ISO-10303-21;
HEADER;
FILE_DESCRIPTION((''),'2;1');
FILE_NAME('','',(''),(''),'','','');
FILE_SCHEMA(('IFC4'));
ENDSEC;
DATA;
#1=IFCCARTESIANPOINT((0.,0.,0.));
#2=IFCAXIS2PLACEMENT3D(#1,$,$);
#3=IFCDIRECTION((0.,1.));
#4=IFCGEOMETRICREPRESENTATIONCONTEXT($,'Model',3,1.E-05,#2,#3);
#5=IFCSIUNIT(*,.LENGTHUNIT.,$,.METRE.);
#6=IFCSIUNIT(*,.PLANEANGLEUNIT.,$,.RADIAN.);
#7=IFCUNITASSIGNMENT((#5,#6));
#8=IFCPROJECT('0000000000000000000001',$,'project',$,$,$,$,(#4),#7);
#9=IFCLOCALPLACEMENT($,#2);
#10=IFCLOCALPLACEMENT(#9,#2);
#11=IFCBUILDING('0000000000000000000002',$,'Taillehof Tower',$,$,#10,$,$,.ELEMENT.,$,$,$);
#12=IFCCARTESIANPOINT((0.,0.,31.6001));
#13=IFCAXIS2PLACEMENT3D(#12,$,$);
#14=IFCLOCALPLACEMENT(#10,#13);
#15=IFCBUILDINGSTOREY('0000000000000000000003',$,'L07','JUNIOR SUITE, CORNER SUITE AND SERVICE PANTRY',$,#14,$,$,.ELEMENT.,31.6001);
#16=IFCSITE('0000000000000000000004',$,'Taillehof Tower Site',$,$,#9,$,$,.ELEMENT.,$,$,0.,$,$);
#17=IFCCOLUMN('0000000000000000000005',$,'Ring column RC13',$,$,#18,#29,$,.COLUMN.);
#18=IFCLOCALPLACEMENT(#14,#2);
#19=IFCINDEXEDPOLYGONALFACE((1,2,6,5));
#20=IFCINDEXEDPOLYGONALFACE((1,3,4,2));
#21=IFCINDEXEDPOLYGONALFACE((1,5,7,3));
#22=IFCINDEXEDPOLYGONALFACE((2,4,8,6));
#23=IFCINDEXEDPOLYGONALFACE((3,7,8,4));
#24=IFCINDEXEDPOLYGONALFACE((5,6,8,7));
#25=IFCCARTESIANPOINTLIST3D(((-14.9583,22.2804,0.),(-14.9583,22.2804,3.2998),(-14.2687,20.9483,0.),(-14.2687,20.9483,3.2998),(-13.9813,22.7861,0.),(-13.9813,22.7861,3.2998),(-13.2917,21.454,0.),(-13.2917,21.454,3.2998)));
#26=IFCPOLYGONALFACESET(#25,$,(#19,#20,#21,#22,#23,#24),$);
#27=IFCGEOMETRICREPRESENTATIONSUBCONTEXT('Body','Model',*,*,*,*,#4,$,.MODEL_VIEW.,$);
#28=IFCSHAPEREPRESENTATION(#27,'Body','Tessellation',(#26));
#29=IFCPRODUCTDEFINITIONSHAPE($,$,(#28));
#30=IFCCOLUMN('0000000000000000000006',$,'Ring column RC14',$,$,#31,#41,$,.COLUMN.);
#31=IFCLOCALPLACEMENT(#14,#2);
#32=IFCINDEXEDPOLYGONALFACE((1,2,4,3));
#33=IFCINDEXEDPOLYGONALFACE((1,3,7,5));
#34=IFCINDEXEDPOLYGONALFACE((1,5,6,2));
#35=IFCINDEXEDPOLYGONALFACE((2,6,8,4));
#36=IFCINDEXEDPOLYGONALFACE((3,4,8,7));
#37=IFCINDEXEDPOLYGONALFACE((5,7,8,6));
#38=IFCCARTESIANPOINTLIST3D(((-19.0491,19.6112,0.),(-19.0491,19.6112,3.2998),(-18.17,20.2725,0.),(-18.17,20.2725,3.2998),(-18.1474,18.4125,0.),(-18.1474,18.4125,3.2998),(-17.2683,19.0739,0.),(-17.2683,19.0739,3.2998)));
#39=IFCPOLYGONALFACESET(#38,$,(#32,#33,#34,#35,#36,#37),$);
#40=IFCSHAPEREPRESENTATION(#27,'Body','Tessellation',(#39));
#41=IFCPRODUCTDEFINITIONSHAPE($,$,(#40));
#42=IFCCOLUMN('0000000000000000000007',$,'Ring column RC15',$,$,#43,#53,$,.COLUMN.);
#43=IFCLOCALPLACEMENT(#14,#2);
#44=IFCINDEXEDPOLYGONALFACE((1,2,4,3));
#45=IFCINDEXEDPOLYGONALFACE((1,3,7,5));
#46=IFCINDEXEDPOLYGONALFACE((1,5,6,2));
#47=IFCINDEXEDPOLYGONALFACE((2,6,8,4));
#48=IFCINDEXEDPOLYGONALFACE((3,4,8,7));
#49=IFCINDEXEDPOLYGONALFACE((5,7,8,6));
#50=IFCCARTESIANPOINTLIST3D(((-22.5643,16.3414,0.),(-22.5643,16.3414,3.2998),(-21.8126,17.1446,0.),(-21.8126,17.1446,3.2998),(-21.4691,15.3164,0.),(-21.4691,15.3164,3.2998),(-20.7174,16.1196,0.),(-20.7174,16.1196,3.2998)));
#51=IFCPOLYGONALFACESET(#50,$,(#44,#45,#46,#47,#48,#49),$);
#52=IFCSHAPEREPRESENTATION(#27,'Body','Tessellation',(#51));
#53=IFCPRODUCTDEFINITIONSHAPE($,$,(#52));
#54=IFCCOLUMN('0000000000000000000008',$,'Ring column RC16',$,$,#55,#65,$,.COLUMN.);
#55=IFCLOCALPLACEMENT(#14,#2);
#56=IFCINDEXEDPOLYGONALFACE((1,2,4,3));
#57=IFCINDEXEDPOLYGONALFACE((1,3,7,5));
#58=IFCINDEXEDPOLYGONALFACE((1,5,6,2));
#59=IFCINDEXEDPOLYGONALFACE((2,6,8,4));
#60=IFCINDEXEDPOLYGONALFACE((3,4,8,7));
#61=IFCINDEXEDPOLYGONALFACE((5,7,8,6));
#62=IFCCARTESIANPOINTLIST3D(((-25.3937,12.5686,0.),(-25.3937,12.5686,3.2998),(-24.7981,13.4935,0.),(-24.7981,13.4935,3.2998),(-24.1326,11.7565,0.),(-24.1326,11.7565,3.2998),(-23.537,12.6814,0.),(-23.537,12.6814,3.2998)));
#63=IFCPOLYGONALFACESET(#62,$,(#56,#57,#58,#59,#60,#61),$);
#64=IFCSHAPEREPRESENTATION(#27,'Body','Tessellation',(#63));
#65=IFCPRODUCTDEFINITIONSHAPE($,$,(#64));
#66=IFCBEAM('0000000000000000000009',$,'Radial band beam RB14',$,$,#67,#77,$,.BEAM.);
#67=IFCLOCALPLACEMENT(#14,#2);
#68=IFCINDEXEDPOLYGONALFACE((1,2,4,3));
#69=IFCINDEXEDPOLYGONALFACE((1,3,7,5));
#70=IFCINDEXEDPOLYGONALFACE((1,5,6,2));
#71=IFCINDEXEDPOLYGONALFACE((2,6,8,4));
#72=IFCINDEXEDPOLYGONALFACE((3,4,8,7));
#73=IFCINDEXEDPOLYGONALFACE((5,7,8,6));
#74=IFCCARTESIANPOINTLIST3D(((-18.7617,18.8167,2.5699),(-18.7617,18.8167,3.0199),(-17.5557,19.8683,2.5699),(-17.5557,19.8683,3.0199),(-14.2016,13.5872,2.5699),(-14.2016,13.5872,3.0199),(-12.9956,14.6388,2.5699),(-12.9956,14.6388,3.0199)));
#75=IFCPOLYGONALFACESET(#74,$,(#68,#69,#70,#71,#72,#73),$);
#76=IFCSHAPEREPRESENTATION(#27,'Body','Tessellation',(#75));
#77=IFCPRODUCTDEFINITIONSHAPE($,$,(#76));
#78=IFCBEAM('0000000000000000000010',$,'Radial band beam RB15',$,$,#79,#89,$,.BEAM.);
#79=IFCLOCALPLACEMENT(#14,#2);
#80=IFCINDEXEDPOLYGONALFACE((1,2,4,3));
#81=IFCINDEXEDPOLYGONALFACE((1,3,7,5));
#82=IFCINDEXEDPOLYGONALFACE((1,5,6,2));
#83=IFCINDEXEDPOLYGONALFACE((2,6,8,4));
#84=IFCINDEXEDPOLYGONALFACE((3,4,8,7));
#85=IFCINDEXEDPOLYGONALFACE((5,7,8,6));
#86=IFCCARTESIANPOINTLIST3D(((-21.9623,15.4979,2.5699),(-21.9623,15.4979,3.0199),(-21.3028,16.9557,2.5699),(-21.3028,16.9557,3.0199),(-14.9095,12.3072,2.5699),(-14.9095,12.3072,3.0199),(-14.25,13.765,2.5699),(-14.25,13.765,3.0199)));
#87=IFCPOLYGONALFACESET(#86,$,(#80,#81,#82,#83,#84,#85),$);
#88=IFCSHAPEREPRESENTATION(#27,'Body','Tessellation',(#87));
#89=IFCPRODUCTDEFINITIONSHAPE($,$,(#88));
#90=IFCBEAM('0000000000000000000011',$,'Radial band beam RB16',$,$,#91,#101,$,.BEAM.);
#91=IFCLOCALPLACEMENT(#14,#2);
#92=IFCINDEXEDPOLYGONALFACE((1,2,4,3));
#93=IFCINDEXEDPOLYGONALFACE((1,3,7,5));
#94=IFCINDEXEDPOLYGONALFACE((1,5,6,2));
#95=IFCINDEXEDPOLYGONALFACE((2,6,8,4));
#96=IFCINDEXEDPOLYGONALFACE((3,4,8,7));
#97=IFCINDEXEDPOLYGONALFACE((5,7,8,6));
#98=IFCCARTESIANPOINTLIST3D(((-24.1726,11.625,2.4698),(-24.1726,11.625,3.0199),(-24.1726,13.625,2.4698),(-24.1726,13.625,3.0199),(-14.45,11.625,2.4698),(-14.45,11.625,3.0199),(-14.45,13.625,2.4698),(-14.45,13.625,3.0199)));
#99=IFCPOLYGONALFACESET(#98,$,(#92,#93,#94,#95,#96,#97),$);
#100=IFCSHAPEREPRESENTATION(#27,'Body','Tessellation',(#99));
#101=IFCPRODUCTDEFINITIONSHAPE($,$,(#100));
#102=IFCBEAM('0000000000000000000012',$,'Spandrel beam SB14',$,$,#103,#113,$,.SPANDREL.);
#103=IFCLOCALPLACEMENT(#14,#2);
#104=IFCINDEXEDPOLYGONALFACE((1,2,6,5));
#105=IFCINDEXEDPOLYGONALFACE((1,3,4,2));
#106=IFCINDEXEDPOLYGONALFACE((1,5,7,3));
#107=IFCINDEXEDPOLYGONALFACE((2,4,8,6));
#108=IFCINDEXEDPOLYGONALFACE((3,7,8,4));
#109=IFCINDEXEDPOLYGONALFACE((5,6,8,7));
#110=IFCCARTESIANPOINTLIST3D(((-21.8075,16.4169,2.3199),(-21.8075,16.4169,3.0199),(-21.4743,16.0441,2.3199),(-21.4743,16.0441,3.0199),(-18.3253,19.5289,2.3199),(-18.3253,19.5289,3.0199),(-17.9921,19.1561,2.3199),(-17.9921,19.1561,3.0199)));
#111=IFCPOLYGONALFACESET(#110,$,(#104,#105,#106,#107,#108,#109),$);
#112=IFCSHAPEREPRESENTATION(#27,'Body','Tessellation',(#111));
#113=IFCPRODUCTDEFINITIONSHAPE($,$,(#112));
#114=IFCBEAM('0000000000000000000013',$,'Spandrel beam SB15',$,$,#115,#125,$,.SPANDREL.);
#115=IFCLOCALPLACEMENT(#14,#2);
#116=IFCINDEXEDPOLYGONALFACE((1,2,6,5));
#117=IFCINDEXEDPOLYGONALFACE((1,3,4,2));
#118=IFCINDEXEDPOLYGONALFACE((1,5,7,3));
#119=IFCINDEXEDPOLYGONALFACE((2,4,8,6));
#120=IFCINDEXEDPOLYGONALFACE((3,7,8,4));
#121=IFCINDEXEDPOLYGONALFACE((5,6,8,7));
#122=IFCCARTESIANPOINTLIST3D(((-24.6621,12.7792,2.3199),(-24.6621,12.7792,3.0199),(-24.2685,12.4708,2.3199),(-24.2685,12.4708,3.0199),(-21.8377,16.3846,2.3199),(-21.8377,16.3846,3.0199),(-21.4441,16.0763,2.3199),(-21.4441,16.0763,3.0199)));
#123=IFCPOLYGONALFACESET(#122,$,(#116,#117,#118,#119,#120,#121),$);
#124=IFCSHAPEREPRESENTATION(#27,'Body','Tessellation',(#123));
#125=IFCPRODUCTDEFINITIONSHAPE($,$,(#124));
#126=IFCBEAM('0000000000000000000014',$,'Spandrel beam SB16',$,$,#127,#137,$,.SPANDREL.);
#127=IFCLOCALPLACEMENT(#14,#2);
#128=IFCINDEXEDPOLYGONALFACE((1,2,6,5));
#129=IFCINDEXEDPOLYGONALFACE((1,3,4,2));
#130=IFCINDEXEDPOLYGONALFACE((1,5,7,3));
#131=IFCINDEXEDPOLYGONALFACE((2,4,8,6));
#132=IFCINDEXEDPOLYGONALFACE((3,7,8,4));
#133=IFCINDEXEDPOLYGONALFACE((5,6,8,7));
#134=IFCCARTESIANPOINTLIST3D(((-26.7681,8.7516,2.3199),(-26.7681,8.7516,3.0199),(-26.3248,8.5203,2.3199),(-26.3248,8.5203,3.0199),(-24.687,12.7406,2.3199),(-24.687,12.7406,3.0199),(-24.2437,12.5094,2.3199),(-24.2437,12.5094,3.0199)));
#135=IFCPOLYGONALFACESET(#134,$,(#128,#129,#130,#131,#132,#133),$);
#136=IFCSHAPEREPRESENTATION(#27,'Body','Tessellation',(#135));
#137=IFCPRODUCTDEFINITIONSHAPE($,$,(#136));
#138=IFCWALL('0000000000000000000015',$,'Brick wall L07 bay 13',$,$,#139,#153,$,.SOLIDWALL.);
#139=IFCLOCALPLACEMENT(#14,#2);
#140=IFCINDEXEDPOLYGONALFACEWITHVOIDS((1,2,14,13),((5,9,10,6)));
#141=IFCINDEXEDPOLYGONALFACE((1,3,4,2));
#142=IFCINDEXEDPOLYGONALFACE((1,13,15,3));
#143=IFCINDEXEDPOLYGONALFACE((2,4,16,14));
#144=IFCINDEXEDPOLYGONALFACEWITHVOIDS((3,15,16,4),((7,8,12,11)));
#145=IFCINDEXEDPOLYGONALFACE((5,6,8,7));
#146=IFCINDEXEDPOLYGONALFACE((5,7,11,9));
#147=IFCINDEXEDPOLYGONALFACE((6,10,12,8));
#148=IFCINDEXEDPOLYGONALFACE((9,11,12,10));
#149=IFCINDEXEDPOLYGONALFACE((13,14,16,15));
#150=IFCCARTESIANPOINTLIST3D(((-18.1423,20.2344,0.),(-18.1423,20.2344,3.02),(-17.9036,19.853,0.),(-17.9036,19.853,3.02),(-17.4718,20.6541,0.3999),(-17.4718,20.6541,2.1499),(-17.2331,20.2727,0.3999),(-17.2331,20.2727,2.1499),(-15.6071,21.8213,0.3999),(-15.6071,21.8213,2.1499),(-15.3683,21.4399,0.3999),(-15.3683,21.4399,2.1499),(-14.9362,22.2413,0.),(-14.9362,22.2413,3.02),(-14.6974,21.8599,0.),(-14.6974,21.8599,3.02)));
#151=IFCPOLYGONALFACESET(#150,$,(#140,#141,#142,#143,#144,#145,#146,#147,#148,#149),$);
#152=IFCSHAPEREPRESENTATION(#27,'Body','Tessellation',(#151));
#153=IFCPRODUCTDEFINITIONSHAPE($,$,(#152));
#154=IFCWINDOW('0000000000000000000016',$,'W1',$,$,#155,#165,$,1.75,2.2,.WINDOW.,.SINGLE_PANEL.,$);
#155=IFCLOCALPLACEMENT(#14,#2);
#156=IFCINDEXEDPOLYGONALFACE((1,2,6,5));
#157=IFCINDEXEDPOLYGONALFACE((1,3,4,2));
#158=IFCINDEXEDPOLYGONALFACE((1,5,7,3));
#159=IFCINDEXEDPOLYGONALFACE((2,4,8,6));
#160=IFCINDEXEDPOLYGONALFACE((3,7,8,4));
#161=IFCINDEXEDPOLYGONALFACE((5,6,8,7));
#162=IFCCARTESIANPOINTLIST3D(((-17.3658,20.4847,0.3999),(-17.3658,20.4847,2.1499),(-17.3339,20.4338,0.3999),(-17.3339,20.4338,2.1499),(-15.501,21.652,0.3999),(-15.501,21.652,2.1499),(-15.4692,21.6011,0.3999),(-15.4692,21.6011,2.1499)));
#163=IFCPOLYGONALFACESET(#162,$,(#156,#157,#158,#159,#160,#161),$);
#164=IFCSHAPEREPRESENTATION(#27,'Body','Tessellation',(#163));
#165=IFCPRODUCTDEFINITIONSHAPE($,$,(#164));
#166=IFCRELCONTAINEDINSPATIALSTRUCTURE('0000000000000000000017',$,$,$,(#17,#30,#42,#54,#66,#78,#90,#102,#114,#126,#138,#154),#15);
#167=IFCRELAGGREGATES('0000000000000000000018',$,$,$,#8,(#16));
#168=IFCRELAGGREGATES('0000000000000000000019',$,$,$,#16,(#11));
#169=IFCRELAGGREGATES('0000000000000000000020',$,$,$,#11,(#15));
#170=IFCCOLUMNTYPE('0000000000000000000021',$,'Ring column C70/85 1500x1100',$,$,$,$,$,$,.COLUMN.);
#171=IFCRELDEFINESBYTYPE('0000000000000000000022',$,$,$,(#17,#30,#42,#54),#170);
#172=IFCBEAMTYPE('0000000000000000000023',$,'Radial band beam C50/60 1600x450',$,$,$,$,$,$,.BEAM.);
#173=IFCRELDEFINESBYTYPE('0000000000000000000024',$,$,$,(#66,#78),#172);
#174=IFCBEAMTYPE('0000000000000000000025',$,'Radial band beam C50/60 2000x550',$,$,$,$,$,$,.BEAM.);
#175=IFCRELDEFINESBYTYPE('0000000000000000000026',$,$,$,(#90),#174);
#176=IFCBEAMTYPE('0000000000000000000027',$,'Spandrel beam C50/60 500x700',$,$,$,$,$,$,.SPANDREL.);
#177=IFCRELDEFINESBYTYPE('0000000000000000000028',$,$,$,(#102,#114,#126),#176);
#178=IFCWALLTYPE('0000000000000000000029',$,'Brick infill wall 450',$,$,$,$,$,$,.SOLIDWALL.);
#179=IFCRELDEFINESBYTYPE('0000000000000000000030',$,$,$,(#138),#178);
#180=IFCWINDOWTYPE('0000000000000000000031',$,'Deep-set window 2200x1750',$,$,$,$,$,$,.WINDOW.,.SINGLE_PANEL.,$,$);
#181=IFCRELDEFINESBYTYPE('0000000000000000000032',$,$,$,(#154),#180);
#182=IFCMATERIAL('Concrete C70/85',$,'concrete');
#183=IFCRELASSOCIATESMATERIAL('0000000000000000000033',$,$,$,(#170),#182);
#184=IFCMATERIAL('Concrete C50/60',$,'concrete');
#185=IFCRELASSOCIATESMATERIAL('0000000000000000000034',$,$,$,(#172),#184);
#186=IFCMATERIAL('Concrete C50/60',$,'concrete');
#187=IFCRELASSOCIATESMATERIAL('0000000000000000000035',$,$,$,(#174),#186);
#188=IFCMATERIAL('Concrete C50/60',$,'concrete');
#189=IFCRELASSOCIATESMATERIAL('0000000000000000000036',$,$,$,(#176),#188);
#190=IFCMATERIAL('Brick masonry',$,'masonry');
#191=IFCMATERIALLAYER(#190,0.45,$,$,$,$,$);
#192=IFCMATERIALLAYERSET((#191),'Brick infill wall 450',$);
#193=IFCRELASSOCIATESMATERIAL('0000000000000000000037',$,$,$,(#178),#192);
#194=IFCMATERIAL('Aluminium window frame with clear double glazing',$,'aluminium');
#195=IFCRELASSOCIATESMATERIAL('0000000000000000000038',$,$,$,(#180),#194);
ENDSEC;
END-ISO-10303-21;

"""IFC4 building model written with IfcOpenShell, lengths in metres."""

from ifc_helpers import new_model, si_unit, direction, frame, frame_2d, origin, origin_2d, place, context, subcontext, project, spatial, rectangle, extrude, material, layer, layer_set, material_profile, profile_set, type_object, element, fill, save


model = new_model("IFC4")

# Units and contexts
model_context = context("Model", 3, precision=1e-05, world=origin(), true_north=direction((0.0, 1.0)))
body_context = subcontext(model_context, "Body", "Model", "MODEL_VIEW")
ifc_project = project(units=[si_unit("LENGTHUNIT", "METRE"), si_unit("PLANEANGLEUNIT", "RADIAN")], contexts=[model_context])

# Site, building, storey
site_placement = place(None, origin())
site = spatial("IfcSite", under=ifc_project, at=site_placement, Name="Taillehof Tower Site", CompositionType="ELEMENT", RefElevation=0.0)
building_placement = place(site_placement, origin())
building = spatial("IfcBuilding", under=site, at=building_placement, Name="Taillehof Tower", CompositionType="ELEMENT")
storey_placement = place(building_placement, frame((0.0, 0.0, 31.6001)))
storey = spatial("IfcBuildingStorey", under=building, at=storey_placement, Name="L07", Description="JUNIOR SUITE, CORNER SUITE AND SERVICE PANTRY", CompositionType="ELEMENT", Elevation=31.6001)

# Columns
ifc_material_1 = material(Name="Concrete C70/85", Category="concrete")
ifc_material_profile_1 = material_profile(ifc_material_1, rectangle(XDim=1.5, YDim=1.1001, at=origin_2d()), Name="RC 1500x1100")
ifc_profile_set_1 = profile_set([ifc_material_profile_1], Name="Concrete C70/85")
column_type = type_object("IfcColumnType", Name="Ring column C70/85 1500x1100", PredefinedType="COLUMN", material=ifc_profile_set_1)
for number, where, z_axis, x_axis, name in (
    (1, (-14.125, 21.8672, 0.0), (0.0, 0.0, 1.0), (-0.459691, 0.888079, 0.0), "Ring column RC13"),
    (2, (-18.1587, 19.3425, 0.0), (0.0, 0.0, 1.0), (-0.601174, 0.799118, 0.0), "Ring column RC14"),
    (3, (-21.6409, 16.2305, 0.0), (0.0, 0.0, 1.0), (-0.730113, 0.683326, 0.0), "Ring column RC15"),
    (4, (-24.4653, 12.625, 0.0), (0.0, 0.0, 1.0), (-0.840754, 0.541418, 0.0), "Ring column RC16"),
):
    element("IfcColumn", number, at=place(storey_placement, frame(where, z_axis=z_axis, x_axis=x_axis)), inside=storey, type_object=column_type, Name=name, PredefinedType="COLUMN", context=body_context, shape_type="SweptSolid", body=[
        extrude(rectangle(XDim=1.5, YDim=1.1001, at=origin_2d()), origin(), (0.0, 0.0, 1.0), 3.2998),
    ])

# Beams
ifc_material_2 = material(Name="Concrete C50/60", Category="concrete")
ifc_material_profile_2 = material_profile(ifc_material_2, rectangle(XDim=1.6001, YDim=0.45, at=origin_2d()), Name="RC 1600x450")
ifc_profile_set_2 = profile_set([ifc_material_profile_2], Name="Concrete C50/60")
beam_type_1 = type_object("IfcBeamType", Name="Radial band beam C50/60 1600x450", PredefinedType="BEAM", material=ifc_profile_set_2)
beam_1_placement = place(storey_placement, frame((-18.1587, 19.3425, 2.7949), z_axis=(0.657218, -0.7537, 0.0), x_axis=(0.7537, 0.657218, 0.0)))
element("IfcBeam", 5, at=beam_1_placement, inside=storey, type_object=beam_type_1, Name="Radial band beam RB14", PredefinedType="BEAM", context=body_context, shape_type="SweptSolid", body=[
    extrude(rectangle(XDim=1.6001, YDim=0.45, at=origin_2d()), origin(), (0.0, 0.0, 1.0), 6.9385),
])
beam_2_placement = place(storey_placement, frame((-21.6326, 16.2268, 2.7949), z_axis=(0.911101, -0.412184, 0.0), x_axis=(0.412184, 0.911101, 0.0)))
element("IfcBeam", 6, at=beam_2_placement, inside=storey, type_object=beam_type_1, Name="Radial band beam RB15", PredefinedType="BEAM", context=body_context, shape_type="SweptSolid", body=[
    extrude(rectangle(XDim=1.6001, YDim=0.45, at=origin_2d()), origin(), (0.0, 0.0, 1.0), 7.741),
])
ifc_material_3 = material(Name="Concrete C50/60", Category="concrete")
ifc_material_profile_3 = material_profile(ifc_material_3, rectangle(XDim=2.0, YDim=0.55, at=origin_2d()), Name="RC 2000x550")
ifc_profile_set_3 = profile_set([ifc_material_profile_3], Name="Concrete C50/60")
beam_type_2 = type_object("IfcBeamType", Name="Radial band beam C50/60 2000x550", PredefinedType="BEAM", material=ifc_profile_set_3)
beam_3_placement = place(storey_placement, frame((-24.1726, 12.625, 2.7449), z_axis=(1.0, 0.0, 0.0), x_axis=(0.0, 1.0, 0.0)))
element("IfcBeam", 7, at=beam_3_placement, inside=storey, type_object=beam_type_2, Name="Radial band beam RB16", PredefinedType="BEAM", context=body_context, shape_type="SweptSolid", body=[
    extrude(rectangle(XDim=2.0, YDim=0.55, at=origin_2d()), origin(), (0.0, 0.0, 1.0), 9.7227),
])
ifc_material_4 = material(Name="Concrete C50/60", Category="concrete")
ifc_material_profile_4 = material_profile(ifc_material_4, rectangle(XDim=0.5, YDim=0.7, at=origin_2d()), Name="RC 500x700")
ifc_profile_set_4 = profile_set([ifc_material_profile_4], Name="Concrete C50/60")
beam_type_3 = type_object("IfcBeamType", Name="Spandrel beam C50/60 500x700", PredefinedType="SPANDREL", material=ifc_profile_set_4)
beam_4_placement = place(storey_placement, frame((-18.1587, 19.3425, 2.6699), z_axis=(-0.745621, -0.66637, 0.0), x_axis=(0.66637, -0.745621, 0.0)))
element("IfcBeam", 8, at=beam_4_placement, inside=storey, type_object=beam_type_3, Name="Spandrel beam SB14", PredefinedType="SPANDREL", context=body_context, shape_type="SweptSolid", body=[
    extrude(rectangle(XDim=0.5, YDim=0.7, at=origin_2d()), origin(), (0.0, 0.0, 1.0), 4.6702),
])
beam_5_placement = place(storey_placement, frame((-21.6409, 16.2305, 2.6699), z_axis=(-0.616686, -0.787209, 0.0), x_axis=(0.787209, -0.616686, 0.0)))
element("IfcBeam", 9, at=beam_5_placement, inside=storey, type_object=beam_type_3, Name="Spandrel beam SB15", PredefinedType="SPANDREL", context=body_context, shape_type="SweptSolid", body=[
    extrude(rectangle(XDim=0.5, YDim=0.7, at=origin_2d()), origin(), (0.0, 0.0, 1.0), 4.5801),
])
beam_6_placement = place(storey_placement, frame((-24.4653, 12.625, 2.6699), z_axis=(-0.462536, -0.8866, 0.0), x_axis=(0.8866, -0.462536, 0.0)))
element("IfcBeam", 10, at=beam_6_placement, inside=storey, type_object=beam_type_3, Name="Spandrel beam SB16", PredefinedType="SPANDREL", context=body_context, shape_type="SweptSolid", body=[
    extrude(rectangle(XDim=0.5, YDim=0.7, at=origin_2d()), origin(), (0.0, 0.0, 1.0), 4.4993),
])

# Wall, opening, window
ifc_material_5 = material(Name="Brick masonry", Category="masonry")
ifc_layer_1 = layer(ifc_material_5, 0.45)
ifc_layer_set_1 = layer_set([ifc_layer_1], Name="Brick infill wall 450")
wall_type_1 = type_object("IfcWallType", Name="Brick infill wall 450", PredefinedType="SOLIDWALL", material=ifc_layer_set_1)
wall_1_placement = place(storey_placement, frame((-14.8169, 22.0505, 0.0), z_axis=(0.0, 0.0, 1.0), x_axis=(-0.847635, -0.530579, 0.0)))
wall_1 = element("IfcWall", 11, at=wall_1_placement, inside=storey, type_object=wall_type_1, Name="Brick wall L07 bay 13", PredefinedType="SOLIDWALL", context=body_context, shape_type="SweptSolid", body=[
    extrude(rectangle(XDim=3.7825, YDim=0.45, at=frame_2d((1.8911, 0.0))), origin(), (0.0, 0.0, 1.0), 3.02),
])
opening_1_placement = place(wall_1_placement, frame((0.7913, 0.0, 0.3999)))
opening_1 = element("IfcOpeningElement", 12, at=opening_1_placement, cuts=wall_1, PredefinedType="OPENING", context=body_context, shape_type="SweptSolid", body=[
    extrude(rectangle(XDim=2.2, YDim=1.75, at=frame_2d((1.1001, 0.875))), frame((0.0, 0.2349, 0.0), z_axis=(0.0, -1.0, 0.0), x_axis=(1.0, 0.0, 0.0)), (0.0, 0.0, 1.0), 0.47),
])
ifc_material_6 = material(Name="Aluminium window frame with clear double glazing", Category="aluminium")
window_type_1 = type_object("IfcWindowType", Name="Deep-set window 2200x1750", PartitioningType="SINGLE_PANEL", PredefinedType="WINDOW", material=ifc_material_6)
window_1_placement = place(opening_1_placement, origin())
window_1 = element("IfcWindow", 13, at=window_1_placement, inside=storey, type_object=window_type_1, Name="W1", OverallHeight=1.75, OverallWidth=2.2, PartitioningType="SINGLE_PANEL", PredefinedType="WINDOW", context=body_context, shape_type="SweptSolid", body=[
    extrude(rectangle(XDim=2.2, YDim=1.75, at=frame_2d((1.1001, 0.875))), frame((0.0, 0.0349, 0.0), z_axis=(0.0, -1.0, 0.0), x_axis=(1.0, 0.0, 0.0)), (0.0, 0.0, 1.0), 0.0601),
])
fill(opening_1, window_1)

save(model, "model.ifc")
